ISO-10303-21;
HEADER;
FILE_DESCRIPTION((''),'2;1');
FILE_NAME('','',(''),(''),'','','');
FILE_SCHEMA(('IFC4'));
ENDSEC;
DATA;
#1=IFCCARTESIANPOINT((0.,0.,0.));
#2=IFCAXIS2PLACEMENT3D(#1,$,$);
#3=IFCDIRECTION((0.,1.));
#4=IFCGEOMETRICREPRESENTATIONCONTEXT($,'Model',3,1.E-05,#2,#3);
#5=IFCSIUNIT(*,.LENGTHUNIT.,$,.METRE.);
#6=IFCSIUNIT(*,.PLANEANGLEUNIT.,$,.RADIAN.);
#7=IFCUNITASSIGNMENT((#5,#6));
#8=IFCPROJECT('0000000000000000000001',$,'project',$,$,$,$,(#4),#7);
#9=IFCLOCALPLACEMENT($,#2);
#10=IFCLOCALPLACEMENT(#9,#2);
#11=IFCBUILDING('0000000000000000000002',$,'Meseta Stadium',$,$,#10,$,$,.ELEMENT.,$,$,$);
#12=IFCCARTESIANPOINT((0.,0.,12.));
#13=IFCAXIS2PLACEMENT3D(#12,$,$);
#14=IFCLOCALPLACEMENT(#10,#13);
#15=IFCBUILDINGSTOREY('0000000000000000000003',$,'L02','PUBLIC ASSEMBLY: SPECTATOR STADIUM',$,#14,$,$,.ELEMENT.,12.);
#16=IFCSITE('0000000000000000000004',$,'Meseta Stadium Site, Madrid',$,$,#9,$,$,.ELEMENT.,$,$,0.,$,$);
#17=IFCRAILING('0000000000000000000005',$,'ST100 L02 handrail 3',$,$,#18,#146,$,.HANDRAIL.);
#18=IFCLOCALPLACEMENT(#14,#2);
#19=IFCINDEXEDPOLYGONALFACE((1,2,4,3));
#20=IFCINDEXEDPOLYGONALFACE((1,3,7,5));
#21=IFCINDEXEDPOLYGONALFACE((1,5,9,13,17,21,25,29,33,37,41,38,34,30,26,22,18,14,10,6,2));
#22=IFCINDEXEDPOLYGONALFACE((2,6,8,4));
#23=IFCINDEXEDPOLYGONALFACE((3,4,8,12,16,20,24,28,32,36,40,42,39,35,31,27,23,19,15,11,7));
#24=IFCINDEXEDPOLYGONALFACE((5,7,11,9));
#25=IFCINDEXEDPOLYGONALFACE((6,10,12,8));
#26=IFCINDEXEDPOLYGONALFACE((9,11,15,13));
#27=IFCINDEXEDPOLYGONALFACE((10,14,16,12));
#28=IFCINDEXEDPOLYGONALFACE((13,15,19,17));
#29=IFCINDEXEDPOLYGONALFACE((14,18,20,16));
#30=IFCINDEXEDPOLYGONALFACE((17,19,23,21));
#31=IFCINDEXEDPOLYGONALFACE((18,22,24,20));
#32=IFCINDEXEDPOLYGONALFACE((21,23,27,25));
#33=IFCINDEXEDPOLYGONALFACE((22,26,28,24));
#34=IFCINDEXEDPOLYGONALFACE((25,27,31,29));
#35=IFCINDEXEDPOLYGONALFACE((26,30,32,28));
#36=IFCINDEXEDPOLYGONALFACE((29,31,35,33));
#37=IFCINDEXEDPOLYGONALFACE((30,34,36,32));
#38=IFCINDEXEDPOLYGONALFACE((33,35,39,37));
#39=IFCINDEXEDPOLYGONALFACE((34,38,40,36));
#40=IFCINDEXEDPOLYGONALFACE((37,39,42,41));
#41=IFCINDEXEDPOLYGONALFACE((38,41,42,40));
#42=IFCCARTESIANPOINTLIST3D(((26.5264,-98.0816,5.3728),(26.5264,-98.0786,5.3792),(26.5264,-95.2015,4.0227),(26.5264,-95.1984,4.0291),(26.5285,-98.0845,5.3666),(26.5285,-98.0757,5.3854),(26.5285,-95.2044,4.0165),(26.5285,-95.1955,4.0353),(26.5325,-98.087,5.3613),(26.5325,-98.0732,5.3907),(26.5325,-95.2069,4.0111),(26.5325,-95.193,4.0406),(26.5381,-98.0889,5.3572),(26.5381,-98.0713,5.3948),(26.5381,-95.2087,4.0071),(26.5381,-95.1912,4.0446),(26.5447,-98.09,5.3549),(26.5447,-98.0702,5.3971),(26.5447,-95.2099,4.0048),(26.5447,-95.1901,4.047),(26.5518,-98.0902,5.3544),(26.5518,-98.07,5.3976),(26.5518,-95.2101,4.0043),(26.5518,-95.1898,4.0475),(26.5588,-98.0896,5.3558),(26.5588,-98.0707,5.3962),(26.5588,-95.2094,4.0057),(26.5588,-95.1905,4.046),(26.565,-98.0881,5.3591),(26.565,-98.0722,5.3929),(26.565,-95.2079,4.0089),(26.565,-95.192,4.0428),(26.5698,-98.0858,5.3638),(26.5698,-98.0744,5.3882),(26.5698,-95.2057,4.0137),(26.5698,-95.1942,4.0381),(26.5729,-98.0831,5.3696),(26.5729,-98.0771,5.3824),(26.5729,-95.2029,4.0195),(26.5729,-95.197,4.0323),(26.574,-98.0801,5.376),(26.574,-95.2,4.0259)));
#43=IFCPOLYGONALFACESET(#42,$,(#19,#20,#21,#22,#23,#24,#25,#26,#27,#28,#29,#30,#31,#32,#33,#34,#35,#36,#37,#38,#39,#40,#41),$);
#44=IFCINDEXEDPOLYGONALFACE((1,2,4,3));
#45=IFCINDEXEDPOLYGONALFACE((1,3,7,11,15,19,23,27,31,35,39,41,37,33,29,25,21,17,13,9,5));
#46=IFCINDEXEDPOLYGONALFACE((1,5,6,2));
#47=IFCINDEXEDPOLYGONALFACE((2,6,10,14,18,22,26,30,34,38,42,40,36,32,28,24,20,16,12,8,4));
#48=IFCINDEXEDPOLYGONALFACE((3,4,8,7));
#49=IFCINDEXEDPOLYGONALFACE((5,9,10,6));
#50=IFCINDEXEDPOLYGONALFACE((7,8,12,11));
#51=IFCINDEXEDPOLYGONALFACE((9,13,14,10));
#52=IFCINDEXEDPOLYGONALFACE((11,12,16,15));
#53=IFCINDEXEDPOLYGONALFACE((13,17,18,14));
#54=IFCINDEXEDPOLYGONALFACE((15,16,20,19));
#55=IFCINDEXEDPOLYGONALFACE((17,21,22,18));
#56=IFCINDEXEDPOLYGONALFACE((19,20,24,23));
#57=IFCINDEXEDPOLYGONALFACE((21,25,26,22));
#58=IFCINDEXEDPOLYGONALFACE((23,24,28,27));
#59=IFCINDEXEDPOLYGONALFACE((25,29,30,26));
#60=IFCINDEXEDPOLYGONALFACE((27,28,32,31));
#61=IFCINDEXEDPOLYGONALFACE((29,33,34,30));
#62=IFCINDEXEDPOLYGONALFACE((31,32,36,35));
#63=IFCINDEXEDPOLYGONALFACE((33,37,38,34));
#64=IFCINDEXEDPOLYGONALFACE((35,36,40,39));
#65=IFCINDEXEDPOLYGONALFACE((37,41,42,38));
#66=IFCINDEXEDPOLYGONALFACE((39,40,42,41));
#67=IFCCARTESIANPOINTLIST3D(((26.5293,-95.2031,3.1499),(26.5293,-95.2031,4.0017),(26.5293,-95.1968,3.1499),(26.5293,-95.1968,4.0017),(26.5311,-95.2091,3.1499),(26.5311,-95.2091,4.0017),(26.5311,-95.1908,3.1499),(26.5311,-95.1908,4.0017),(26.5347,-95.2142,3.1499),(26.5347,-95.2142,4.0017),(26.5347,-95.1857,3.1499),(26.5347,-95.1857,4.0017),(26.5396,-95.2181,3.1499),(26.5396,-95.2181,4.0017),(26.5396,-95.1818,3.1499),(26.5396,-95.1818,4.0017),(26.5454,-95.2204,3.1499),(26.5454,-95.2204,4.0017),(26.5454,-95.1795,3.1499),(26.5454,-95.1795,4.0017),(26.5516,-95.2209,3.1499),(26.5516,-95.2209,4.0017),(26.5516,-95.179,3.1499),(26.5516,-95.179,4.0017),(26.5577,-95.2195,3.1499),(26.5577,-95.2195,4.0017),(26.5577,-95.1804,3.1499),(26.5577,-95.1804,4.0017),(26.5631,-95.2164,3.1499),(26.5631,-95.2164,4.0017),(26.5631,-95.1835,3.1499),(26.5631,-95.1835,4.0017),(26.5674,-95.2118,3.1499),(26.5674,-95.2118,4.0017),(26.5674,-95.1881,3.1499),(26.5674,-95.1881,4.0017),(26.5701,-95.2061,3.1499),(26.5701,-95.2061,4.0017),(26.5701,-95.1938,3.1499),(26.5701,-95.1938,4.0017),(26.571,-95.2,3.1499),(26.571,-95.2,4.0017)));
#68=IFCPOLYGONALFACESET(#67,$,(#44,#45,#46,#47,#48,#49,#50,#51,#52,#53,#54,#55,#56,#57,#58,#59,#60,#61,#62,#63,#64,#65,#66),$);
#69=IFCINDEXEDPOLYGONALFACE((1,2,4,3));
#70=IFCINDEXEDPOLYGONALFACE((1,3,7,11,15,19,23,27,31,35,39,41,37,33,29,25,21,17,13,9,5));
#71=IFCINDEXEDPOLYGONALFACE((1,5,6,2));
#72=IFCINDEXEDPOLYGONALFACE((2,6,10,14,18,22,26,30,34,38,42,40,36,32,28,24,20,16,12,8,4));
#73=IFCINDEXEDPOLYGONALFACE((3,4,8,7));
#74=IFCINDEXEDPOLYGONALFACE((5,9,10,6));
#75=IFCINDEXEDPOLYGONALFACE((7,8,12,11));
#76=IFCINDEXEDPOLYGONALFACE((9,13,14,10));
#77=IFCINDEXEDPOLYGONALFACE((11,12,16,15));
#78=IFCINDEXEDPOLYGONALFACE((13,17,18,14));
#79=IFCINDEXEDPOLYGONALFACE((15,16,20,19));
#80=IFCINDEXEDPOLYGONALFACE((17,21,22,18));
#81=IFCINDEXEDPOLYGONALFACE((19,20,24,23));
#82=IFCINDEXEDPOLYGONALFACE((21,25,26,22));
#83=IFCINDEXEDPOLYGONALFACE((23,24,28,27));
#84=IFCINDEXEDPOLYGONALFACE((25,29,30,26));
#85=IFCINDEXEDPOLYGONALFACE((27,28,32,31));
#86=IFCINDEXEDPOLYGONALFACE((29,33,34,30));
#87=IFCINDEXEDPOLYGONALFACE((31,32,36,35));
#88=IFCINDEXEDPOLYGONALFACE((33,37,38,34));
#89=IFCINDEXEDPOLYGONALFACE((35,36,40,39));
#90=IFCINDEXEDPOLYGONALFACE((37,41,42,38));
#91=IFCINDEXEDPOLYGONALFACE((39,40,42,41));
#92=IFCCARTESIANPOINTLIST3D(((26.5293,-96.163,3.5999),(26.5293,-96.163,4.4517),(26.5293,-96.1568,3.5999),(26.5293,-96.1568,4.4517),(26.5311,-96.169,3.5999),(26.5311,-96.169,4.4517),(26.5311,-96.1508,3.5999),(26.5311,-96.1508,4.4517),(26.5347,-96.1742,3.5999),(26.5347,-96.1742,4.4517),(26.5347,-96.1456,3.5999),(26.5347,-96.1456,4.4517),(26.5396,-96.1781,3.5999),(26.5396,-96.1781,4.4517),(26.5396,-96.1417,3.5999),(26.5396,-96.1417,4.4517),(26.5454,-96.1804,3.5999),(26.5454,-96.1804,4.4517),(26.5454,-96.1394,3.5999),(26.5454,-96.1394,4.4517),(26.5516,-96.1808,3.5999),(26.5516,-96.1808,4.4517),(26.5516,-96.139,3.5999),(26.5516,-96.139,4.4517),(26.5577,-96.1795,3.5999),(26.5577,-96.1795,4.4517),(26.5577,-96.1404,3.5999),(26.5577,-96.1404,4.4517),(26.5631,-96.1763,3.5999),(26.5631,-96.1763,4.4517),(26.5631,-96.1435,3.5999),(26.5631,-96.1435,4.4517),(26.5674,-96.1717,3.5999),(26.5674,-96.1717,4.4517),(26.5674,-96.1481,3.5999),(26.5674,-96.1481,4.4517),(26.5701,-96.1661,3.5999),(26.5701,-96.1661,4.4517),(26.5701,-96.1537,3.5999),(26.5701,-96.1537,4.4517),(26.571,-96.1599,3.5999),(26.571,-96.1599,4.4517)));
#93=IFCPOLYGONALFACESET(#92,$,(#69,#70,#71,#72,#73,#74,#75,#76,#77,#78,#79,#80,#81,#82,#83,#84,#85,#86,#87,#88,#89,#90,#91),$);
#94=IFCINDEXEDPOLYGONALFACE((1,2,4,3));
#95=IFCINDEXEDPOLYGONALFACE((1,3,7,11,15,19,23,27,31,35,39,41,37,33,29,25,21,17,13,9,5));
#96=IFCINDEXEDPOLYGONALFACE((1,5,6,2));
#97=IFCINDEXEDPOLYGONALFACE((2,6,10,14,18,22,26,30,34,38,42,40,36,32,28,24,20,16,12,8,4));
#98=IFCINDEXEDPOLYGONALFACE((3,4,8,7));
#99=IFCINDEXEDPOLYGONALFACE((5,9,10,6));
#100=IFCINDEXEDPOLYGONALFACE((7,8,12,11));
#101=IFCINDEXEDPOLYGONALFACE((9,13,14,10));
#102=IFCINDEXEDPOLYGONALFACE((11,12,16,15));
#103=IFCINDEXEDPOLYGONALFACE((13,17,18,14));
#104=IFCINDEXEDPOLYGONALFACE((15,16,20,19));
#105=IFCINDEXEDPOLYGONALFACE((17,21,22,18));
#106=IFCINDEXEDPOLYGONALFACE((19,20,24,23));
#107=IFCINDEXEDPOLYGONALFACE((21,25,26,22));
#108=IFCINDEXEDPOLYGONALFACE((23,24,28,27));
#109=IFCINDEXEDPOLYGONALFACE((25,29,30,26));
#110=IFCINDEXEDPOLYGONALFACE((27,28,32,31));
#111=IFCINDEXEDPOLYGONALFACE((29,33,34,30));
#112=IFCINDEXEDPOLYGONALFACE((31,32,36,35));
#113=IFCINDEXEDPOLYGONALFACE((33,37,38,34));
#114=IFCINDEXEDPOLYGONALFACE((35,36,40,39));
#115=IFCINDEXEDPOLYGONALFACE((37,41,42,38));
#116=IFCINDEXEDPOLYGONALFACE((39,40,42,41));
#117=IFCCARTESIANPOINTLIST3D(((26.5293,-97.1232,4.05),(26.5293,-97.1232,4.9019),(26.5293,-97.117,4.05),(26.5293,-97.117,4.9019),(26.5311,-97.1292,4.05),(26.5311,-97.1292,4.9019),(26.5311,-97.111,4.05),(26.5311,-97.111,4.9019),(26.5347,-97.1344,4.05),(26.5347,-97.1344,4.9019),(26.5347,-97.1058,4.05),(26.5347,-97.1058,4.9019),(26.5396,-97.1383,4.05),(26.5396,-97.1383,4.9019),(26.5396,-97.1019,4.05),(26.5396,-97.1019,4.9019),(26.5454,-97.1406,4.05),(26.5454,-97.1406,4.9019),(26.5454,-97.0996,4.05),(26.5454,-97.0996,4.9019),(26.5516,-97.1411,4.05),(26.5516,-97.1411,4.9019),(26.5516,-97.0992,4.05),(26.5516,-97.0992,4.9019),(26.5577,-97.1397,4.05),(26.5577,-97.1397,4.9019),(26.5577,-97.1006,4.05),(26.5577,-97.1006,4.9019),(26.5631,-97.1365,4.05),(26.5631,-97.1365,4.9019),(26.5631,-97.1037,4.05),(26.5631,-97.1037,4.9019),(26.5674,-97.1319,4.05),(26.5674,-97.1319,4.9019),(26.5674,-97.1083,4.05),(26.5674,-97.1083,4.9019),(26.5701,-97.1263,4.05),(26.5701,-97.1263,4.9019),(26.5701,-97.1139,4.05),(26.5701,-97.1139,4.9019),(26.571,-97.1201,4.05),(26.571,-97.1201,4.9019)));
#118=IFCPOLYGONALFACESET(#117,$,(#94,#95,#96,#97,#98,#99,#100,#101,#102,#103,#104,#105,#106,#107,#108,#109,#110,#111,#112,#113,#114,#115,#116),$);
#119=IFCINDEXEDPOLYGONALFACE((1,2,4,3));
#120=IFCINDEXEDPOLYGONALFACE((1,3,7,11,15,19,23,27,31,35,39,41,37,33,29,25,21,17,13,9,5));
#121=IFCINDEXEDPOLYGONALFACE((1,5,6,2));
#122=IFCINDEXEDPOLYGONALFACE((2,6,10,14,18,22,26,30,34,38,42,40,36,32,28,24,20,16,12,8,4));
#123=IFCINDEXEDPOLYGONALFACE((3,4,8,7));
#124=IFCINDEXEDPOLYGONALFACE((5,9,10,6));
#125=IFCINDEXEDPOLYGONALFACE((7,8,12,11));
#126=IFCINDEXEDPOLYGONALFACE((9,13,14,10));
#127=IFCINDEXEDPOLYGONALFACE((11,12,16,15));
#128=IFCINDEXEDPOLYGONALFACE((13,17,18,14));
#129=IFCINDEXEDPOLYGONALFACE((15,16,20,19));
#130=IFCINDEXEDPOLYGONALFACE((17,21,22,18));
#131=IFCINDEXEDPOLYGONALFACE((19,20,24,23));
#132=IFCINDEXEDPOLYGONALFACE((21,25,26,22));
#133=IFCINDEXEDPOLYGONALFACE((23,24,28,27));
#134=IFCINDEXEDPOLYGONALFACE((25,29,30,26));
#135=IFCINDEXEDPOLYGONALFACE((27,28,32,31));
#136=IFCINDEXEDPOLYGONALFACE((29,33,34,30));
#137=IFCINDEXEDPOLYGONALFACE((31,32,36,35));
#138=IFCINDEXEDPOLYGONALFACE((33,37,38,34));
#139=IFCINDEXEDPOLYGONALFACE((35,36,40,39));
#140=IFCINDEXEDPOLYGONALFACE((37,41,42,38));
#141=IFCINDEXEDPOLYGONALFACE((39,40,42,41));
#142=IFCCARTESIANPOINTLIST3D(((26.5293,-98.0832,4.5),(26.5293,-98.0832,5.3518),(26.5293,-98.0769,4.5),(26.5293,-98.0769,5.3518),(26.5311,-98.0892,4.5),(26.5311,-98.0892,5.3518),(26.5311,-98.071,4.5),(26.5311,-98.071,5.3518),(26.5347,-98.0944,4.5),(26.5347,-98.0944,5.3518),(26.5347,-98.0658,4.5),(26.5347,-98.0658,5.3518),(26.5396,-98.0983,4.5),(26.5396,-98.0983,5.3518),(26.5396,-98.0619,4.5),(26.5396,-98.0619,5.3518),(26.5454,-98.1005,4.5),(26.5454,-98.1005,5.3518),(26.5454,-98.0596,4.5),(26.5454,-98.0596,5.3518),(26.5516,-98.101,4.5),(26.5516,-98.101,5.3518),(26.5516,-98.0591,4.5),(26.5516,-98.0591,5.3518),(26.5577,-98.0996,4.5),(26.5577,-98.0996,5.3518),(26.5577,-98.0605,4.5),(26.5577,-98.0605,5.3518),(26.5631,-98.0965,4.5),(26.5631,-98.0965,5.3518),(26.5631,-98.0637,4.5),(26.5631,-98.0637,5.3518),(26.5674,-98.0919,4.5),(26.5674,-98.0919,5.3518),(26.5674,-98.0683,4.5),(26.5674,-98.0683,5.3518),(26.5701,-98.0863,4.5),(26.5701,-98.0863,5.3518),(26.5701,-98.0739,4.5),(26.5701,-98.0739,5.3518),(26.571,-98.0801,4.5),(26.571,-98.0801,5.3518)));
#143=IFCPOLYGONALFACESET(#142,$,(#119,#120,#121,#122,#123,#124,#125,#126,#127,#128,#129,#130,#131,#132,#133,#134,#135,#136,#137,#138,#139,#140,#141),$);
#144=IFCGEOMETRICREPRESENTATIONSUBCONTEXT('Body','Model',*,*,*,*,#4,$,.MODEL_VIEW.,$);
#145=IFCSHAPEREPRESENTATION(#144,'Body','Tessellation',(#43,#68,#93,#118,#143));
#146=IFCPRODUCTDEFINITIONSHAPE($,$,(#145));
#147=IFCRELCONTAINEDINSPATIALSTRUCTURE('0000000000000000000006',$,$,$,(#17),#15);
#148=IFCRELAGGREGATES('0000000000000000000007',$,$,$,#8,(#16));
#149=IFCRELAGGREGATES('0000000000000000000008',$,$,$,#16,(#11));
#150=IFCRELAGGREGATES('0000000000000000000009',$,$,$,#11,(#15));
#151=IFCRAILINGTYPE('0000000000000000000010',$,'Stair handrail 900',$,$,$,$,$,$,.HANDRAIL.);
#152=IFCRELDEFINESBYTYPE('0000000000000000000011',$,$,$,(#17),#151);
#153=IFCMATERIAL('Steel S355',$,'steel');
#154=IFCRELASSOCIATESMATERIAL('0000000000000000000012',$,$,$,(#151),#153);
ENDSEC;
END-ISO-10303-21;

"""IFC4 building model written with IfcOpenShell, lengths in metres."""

from ifc_helpers import new_model, si_unit, direction, frame, origin, origin_2d, place, context, subcontext, project, spatial, circle, extrude, material, type_object, element, save


model = new_model("IFC4")

# Units and contexts
model_context = context("Model", 3, precision=1e-05, world=origin(), true_north=direction((0.0, 1.0)))
body_context = subcontext(model_context, "Body", "Model", "MODEL_VIEW")
ifc_project = project(units=[si_unit("LENGTHUNIT", "METRE"), si_unit("PLANEANGLEUNIT", "RADIAN")], contexts=[model_context])

# Site, building, storey
site_placement = place(None, origin())
site = spatial("IfcSite", under=ifc_project, at=site_placement, Name="Meseta Stadium Site, Madrid", CompositionType="ELEMENT", RefElevation=0.0)
building_placement = place(site_placement, origin())
building = spatial("IfcBuilding", under=site, at=building_placement, Name="Meseta Stadium", CompositionType="ELEMENT")
storey_placement = place(building_placement, frame((0.0, 0.0, 12.0)))
storey = spatial("IfcBuildingStorey", under=building, at=storey_placement, Name="L02", Description="PUBLIC ASSEMBLY: SPECTATOR STADIUM", CompositionType="ELEMENT", Elevation=12.0)

# Railing
ifc_material_1 = material(Name="Steel S355", Category="steel")
railing_type_1 = type_object("IfcRailingType", Name="Stair handrail 900", PredefinedType="HANDRAIL", material=ifc_material_1)
railing_1_placement = place(storey_placement, frame((26.55, -95.2, 3.1499)))
element("IfcRailing", 1, at=railing_1_placement, inside=storey, type_object=railing_type_1, Name="ST100 L02 handrail 3", PredefinedType="HANDRAIL", context=body_context, shape_type="SweptSolid", body=[
    extrude(circle(Radius=0.0239, at=origin_2d()), frame((0.0, 0.0, 0.876), z_axis=(0.0, -0.905454, 0.424444), x_axis=(1.0, 0.0, 0.0)), (0.0, 0.0, 1.0), 3.1809),
    extrude(circle(Radius=0.021, at=origin_2d()), origin(), (0.0, 0.0, 1.0), 0.8518),
    extrude(circle(Radius=0.021, at=origin_2d()), frame((0.0, -0.96, 0.45)), (0.0, 0.0, 1.0), 0.8518),
    extrude(circle(Radius=0.021, at=origin_2d()), frame((0.0, -1.9202, 0.9001)), (0.0, 0.0, 1.0), 0.8518),
    extrude(circle(Radius=0.021, at=origin_2d()), frame((0.0, -2.8801, 1.3501)), (0.0, 0.0, 1.0), 0.8518),
])

save(model, "model.ifc")
